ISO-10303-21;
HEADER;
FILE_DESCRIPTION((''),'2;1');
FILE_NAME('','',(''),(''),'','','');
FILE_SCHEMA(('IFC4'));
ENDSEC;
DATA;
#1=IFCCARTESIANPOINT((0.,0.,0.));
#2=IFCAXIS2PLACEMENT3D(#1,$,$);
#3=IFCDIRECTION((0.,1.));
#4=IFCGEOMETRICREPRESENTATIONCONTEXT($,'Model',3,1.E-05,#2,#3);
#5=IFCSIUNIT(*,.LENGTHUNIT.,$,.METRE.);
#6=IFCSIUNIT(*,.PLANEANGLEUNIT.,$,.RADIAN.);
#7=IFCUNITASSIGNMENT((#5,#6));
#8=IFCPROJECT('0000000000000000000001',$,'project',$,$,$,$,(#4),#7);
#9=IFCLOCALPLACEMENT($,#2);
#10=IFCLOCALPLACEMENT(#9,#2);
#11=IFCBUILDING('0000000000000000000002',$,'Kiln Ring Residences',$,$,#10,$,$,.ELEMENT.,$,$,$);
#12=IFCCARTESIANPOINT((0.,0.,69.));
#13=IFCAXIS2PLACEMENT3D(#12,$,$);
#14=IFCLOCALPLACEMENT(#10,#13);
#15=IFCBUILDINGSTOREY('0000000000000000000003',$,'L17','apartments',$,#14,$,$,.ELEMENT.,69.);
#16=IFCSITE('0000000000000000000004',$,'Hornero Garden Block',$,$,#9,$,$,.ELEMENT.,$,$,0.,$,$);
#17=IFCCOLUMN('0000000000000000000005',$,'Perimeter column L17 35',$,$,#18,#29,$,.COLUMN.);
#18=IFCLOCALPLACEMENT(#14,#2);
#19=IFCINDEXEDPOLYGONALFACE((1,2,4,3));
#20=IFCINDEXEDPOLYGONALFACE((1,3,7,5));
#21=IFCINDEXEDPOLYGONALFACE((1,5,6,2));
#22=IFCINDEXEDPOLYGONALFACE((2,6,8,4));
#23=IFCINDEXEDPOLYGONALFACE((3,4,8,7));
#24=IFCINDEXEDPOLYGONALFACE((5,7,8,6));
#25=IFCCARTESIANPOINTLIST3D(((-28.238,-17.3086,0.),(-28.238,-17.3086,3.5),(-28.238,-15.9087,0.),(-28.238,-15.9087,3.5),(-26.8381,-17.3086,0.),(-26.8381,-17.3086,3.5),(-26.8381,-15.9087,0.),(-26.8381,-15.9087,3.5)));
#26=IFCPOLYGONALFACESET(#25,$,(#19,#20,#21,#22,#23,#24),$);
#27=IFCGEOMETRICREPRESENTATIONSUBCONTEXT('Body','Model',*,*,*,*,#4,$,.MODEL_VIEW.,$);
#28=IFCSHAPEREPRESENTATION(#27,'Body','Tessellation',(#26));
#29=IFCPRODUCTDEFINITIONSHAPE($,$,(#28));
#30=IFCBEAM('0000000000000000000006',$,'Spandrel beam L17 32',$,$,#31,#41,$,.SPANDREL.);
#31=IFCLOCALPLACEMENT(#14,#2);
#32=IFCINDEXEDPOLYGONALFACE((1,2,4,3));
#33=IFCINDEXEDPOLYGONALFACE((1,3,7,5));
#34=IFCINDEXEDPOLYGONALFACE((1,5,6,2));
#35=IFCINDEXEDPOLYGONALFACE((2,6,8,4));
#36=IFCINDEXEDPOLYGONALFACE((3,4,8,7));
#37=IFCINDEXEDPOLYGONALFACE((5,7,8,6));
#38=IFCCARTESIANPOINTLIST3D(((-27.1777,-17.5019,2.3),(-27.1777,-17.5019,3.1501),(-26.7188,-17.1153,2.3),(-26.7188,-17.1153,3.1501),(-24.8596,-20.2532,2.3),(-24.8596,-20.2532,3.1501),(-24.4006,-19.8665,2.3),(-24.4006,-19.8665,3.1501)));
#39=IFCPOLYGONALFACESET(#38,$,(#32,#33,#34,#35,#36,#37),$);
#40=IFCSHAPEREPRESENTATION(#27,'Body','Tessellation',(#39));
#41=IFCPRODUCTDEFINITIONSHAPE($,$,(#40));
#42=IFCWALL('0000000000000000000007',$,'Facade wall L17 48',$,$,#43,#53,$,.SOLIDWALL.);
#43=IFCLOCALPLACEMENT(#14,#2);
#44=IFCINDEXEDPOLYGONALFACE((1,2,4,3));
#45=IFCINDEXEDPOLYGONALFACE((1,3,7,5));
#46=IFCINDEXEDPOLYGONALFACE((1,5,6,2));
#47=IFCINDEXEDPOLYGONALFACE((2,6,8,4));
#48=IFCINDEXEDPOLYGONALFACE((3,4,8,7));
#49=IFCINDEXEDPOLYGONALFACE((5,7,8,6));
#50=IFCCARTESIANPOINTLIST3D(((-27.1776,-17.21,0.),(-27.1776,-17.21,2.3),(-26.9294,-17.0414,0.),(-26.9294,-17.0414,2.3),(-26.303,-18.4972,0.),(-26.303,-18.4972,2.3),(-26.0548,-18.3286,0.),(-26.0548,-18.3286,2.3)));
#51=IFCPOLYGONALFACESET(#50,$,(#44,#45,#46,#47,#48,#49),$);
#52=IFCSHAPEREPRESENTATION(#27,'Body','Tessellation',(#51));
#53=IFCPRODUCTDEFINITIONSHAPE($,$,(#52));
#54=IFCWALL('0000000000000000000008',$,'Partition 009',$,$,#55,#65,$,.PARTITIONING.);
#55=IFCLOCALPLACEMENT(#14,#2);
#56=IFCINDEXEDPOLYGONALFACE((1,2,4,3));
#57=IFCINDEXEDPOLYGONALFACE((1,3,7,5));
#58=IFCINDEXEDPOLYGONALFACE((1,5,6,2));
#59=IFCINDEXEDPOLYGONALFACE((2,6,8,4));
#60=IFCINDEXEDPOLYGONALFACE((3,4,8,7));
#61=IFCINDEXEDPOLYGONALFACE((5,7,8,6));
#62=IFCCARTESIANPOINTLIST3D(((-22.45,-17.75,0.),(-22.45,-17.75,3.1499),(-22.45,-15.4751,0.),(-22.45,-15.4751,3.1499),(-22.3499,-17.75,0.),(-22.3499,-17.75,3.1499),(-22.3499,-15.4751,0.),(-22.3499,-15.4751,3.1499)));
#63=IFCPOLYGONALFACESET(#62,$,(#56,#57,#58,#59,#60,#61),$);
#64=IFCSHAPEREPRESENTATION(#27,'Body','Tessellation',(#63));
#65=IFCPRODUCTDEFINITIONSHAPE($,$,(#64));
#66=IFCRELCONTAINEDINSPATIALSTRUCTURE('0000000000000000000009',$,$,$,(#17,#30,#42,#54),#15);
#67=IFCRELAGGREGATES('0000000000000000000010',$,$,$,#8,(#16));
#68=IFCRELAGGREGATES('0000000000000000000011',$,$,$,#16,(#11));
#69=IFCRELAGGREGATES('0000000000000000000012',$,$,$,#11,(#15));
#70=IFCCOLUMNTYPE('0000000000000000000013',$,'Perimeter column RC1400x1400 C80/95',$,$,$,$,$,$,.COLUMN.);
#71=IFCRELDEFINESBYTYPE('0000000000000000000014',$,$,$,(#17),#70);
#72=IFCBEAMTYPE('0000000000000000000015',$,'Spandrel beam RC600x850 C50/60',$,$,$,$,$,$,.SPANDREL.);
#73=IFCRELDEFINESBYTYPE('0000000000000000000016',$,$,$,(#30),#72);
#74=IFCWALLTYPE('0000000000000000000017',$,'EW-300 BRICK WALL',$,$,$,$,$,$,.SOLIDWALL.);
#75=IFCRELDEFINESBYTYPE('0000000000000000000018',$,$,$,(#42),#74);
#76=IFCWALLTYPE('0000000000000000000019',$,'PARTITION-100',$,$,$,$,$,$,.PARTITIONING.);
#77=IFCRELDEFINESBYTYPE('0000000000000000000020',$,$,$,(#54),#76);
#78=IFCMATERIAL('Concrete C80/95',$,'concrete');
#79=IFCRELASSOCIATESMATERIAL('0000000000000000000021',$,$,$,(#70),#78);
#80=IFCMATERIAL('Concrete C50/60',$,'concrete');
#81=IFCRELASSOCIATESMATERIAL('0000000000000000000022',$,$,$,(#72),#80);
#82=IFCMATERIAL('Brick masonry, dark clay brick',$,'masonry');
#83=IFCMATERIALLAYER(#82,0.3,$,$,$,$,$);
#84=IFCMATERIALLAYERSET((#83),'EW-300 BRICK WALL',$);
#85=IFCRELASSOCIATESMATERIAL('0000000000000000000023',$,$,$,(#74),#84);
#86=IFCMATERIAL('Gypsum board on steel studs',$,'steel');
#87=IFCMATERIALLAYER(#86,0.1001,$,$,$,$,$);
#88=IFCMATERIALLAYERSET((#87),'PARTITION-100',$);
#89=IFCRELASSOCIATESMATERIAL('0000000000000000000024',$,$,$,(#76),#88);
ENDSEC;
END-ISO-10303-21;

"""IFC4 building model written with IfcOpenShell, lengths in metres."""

from ifc_helpers import new_model, si_unit, direction, frame, frame_2d, origin, origin_2d, place, context, subcontext, project, spatial, rectangle, extrude, material, layer, layer_set, material_profile, profile_set, type_object, element, save


model = new_model("IFC4")

# Units and contexts
model_context = context("Model", 3, precision=1e-05, world=origin(), true_north=direction((0.0, 1.0)))
body_context = subcontext(model_context, "Body", "Model", "MODEL_VIEW")
ifc_project = project(units=[si_unit("LENGTHUNIT", "METRE"), si_unit("PLANEANGLEUNIT", "RADIAN")], contexts=[model_context])

# Site, building, storey
site_placement = place(None, origin())
site = spatial("IfcSite", under=ifc_project, at=site_placement, Name="Hornero Garden Block", CompositionType="ELEMENT", RefElevation=0.0)
building_placement = place(site_placement, origin())
building = spatial("IfcBuilding", under=site, at=building_placement, Name="Kiln Ring Residences", CompositionType="ELEMENT")
storey_placement = place(building_placement, frame((0.0, 0.0, 69.0)))
storey = spatial("IfcBuildingStorey", under=building, at=storey_placement, Name="L17", Description="apartments", CompositionType="ELEMENT", Elevation=69.0)

# Column
ifc_material_1 = material(Name="Concrete C80/95", Category="concrete")
ifc_material_profile_1 = material_profile(ifc_material_1, rectangle(XDim=1.3999, YDim=1.3999, at=origin_2d()), Name="RC1400x1400")
ifc_profile_set_1 = profile_set([ifc_material_profile_1], Name="Concrete C80/95")
column_type = type_object("IfcColumnType", Name="Perimeter column RC1400x1400 C80/95", PredefinedType="COLUMN", material=ifc_profile_set_1)
column_placement = place(storey_placement, frame((-27.5381, -16.6086, 0.0), z_axis=(0.0, 0.0, 1.0), x_axis=(1.0, 0.0, 0.0)))
element("IfcColumn", 1, at=column_placement, inside=storey, type_object=column_type, Name="Perimeter column L17 35", PredefinedType="COLUMN", context=body_context, shape_type="SweptSolid", body=[
    extrude(rectangle(XDim=1.3999, YDim=1.3999, at=origin_2d()), origin(), (0.0, 0.0, 1.0), 3.5),
])

# Beam
ifc_material_2 = material(Name="Concrete C50/60", Category="concrete")
ifc_material_profile_2 = material_profile(ifc_material_2, rectangle(XDim=0.6001, YDim=0.8501, at=origin_2d()), Name="RC600x850")
ifc_profile_set_2 = profile_set([ifc_material_profile_2], Name="Concrete C50/60")
beam_type = type_object("IfcBeamType", Name="Spandrel beam RC600x850 C50/60", PredefinedType="SPANDREL", material=ifc_profile_set_2)
beam_placement = place(storey_placement, frame((-26.9482, -17.3086, 2.7251), z_axis=(0.644347, -0.764733, 0.0), x_axis=(0.764733, 0.644347, 0.0)))
element("IfcBeam", 2, at=beam_placement, inside=storey, type_object=beam_type, Name="Spandrel beam L17 32", PredefinedType="SPANDREL", context=body_context, shape_type="SweptSolid", body=[
    extrude(rectangle(XDim=0.6001, YDim=0.8501, at=origin_2d()), origin(), (0.0, 0.0, 1.0), 3.5977),
])

# Wall
ifc_material_3 = material(Name="Brick masonry, dark clay brick", Category="masonry")
ifc_layer_1 = layer(ifc_material_3, 0.3)
ifc_layer_set_1 = layer_set([ifc_layer_1], Name="EW-300 BRICK WALL")
wall_type_1 = type_object("IfcWallType", Name="EW-300 BRICK WALL", PredefinedType="SOLIDWALL", material=ifc_layer_set_1)
wall_1_placement = place(storey_placement, frame((-27.0535, -17.1257, 0.0), z_axis=(0.0, 0.0, 1.0), x_axis=(0.561992, -0.827142, 0.0)))
element("IfcWall", 3, at=wall_1_placement, inside=storey, type_object=wall_type_1, Name="Facade wall L17 48", PredefinedType="SOLIDWALL", context=body_context, shape_type="SweptSolid", body=[
    extrude(rectangle(XDim=1.5562, YDim=0.3, at=frame_2d((0.7781, 0.0))), origin(), (0.0, 0.0, 1.0), 2.3),
])

# Shared definitions
ifc_material_4 = material(Name="Gypsum board on steel studs", Category="steel")
ifc_layer_2 = layer(ifc_material_4, 0.1001)
ifc_layer_set_2 = layer_set([ifc_layer_2], Name="PARTITION-100")
wall_type_2 = type_object("IfcWallType", Name="PARTITION-100", PredefinedType="PARTITIONING", material=ifc_layer_set_2)

# Wall
wall_2_placement = place(storey_placement, frame((-22.3999, -17.75, 0.0), z_axis=(0.0, 0.0, 1.0), x_axis=(0.0, 1.0, 0.0)))
element("IfcWall", 4, at=wall_2_placement, inside=storey, type_object=wall_type_2, Name="Partition 009", PredefinedType="PARTITIONING", context=body_context, shape_type="SweptSolid", body=[
    extrude(rectangle(XDim=2.2749, YDim=0.1001, at=frame_2d((1.1375, 0.0))), origin(), (0.0, 0.0, 1.0), 3.1499),
])

save(model, "model.ifc")
